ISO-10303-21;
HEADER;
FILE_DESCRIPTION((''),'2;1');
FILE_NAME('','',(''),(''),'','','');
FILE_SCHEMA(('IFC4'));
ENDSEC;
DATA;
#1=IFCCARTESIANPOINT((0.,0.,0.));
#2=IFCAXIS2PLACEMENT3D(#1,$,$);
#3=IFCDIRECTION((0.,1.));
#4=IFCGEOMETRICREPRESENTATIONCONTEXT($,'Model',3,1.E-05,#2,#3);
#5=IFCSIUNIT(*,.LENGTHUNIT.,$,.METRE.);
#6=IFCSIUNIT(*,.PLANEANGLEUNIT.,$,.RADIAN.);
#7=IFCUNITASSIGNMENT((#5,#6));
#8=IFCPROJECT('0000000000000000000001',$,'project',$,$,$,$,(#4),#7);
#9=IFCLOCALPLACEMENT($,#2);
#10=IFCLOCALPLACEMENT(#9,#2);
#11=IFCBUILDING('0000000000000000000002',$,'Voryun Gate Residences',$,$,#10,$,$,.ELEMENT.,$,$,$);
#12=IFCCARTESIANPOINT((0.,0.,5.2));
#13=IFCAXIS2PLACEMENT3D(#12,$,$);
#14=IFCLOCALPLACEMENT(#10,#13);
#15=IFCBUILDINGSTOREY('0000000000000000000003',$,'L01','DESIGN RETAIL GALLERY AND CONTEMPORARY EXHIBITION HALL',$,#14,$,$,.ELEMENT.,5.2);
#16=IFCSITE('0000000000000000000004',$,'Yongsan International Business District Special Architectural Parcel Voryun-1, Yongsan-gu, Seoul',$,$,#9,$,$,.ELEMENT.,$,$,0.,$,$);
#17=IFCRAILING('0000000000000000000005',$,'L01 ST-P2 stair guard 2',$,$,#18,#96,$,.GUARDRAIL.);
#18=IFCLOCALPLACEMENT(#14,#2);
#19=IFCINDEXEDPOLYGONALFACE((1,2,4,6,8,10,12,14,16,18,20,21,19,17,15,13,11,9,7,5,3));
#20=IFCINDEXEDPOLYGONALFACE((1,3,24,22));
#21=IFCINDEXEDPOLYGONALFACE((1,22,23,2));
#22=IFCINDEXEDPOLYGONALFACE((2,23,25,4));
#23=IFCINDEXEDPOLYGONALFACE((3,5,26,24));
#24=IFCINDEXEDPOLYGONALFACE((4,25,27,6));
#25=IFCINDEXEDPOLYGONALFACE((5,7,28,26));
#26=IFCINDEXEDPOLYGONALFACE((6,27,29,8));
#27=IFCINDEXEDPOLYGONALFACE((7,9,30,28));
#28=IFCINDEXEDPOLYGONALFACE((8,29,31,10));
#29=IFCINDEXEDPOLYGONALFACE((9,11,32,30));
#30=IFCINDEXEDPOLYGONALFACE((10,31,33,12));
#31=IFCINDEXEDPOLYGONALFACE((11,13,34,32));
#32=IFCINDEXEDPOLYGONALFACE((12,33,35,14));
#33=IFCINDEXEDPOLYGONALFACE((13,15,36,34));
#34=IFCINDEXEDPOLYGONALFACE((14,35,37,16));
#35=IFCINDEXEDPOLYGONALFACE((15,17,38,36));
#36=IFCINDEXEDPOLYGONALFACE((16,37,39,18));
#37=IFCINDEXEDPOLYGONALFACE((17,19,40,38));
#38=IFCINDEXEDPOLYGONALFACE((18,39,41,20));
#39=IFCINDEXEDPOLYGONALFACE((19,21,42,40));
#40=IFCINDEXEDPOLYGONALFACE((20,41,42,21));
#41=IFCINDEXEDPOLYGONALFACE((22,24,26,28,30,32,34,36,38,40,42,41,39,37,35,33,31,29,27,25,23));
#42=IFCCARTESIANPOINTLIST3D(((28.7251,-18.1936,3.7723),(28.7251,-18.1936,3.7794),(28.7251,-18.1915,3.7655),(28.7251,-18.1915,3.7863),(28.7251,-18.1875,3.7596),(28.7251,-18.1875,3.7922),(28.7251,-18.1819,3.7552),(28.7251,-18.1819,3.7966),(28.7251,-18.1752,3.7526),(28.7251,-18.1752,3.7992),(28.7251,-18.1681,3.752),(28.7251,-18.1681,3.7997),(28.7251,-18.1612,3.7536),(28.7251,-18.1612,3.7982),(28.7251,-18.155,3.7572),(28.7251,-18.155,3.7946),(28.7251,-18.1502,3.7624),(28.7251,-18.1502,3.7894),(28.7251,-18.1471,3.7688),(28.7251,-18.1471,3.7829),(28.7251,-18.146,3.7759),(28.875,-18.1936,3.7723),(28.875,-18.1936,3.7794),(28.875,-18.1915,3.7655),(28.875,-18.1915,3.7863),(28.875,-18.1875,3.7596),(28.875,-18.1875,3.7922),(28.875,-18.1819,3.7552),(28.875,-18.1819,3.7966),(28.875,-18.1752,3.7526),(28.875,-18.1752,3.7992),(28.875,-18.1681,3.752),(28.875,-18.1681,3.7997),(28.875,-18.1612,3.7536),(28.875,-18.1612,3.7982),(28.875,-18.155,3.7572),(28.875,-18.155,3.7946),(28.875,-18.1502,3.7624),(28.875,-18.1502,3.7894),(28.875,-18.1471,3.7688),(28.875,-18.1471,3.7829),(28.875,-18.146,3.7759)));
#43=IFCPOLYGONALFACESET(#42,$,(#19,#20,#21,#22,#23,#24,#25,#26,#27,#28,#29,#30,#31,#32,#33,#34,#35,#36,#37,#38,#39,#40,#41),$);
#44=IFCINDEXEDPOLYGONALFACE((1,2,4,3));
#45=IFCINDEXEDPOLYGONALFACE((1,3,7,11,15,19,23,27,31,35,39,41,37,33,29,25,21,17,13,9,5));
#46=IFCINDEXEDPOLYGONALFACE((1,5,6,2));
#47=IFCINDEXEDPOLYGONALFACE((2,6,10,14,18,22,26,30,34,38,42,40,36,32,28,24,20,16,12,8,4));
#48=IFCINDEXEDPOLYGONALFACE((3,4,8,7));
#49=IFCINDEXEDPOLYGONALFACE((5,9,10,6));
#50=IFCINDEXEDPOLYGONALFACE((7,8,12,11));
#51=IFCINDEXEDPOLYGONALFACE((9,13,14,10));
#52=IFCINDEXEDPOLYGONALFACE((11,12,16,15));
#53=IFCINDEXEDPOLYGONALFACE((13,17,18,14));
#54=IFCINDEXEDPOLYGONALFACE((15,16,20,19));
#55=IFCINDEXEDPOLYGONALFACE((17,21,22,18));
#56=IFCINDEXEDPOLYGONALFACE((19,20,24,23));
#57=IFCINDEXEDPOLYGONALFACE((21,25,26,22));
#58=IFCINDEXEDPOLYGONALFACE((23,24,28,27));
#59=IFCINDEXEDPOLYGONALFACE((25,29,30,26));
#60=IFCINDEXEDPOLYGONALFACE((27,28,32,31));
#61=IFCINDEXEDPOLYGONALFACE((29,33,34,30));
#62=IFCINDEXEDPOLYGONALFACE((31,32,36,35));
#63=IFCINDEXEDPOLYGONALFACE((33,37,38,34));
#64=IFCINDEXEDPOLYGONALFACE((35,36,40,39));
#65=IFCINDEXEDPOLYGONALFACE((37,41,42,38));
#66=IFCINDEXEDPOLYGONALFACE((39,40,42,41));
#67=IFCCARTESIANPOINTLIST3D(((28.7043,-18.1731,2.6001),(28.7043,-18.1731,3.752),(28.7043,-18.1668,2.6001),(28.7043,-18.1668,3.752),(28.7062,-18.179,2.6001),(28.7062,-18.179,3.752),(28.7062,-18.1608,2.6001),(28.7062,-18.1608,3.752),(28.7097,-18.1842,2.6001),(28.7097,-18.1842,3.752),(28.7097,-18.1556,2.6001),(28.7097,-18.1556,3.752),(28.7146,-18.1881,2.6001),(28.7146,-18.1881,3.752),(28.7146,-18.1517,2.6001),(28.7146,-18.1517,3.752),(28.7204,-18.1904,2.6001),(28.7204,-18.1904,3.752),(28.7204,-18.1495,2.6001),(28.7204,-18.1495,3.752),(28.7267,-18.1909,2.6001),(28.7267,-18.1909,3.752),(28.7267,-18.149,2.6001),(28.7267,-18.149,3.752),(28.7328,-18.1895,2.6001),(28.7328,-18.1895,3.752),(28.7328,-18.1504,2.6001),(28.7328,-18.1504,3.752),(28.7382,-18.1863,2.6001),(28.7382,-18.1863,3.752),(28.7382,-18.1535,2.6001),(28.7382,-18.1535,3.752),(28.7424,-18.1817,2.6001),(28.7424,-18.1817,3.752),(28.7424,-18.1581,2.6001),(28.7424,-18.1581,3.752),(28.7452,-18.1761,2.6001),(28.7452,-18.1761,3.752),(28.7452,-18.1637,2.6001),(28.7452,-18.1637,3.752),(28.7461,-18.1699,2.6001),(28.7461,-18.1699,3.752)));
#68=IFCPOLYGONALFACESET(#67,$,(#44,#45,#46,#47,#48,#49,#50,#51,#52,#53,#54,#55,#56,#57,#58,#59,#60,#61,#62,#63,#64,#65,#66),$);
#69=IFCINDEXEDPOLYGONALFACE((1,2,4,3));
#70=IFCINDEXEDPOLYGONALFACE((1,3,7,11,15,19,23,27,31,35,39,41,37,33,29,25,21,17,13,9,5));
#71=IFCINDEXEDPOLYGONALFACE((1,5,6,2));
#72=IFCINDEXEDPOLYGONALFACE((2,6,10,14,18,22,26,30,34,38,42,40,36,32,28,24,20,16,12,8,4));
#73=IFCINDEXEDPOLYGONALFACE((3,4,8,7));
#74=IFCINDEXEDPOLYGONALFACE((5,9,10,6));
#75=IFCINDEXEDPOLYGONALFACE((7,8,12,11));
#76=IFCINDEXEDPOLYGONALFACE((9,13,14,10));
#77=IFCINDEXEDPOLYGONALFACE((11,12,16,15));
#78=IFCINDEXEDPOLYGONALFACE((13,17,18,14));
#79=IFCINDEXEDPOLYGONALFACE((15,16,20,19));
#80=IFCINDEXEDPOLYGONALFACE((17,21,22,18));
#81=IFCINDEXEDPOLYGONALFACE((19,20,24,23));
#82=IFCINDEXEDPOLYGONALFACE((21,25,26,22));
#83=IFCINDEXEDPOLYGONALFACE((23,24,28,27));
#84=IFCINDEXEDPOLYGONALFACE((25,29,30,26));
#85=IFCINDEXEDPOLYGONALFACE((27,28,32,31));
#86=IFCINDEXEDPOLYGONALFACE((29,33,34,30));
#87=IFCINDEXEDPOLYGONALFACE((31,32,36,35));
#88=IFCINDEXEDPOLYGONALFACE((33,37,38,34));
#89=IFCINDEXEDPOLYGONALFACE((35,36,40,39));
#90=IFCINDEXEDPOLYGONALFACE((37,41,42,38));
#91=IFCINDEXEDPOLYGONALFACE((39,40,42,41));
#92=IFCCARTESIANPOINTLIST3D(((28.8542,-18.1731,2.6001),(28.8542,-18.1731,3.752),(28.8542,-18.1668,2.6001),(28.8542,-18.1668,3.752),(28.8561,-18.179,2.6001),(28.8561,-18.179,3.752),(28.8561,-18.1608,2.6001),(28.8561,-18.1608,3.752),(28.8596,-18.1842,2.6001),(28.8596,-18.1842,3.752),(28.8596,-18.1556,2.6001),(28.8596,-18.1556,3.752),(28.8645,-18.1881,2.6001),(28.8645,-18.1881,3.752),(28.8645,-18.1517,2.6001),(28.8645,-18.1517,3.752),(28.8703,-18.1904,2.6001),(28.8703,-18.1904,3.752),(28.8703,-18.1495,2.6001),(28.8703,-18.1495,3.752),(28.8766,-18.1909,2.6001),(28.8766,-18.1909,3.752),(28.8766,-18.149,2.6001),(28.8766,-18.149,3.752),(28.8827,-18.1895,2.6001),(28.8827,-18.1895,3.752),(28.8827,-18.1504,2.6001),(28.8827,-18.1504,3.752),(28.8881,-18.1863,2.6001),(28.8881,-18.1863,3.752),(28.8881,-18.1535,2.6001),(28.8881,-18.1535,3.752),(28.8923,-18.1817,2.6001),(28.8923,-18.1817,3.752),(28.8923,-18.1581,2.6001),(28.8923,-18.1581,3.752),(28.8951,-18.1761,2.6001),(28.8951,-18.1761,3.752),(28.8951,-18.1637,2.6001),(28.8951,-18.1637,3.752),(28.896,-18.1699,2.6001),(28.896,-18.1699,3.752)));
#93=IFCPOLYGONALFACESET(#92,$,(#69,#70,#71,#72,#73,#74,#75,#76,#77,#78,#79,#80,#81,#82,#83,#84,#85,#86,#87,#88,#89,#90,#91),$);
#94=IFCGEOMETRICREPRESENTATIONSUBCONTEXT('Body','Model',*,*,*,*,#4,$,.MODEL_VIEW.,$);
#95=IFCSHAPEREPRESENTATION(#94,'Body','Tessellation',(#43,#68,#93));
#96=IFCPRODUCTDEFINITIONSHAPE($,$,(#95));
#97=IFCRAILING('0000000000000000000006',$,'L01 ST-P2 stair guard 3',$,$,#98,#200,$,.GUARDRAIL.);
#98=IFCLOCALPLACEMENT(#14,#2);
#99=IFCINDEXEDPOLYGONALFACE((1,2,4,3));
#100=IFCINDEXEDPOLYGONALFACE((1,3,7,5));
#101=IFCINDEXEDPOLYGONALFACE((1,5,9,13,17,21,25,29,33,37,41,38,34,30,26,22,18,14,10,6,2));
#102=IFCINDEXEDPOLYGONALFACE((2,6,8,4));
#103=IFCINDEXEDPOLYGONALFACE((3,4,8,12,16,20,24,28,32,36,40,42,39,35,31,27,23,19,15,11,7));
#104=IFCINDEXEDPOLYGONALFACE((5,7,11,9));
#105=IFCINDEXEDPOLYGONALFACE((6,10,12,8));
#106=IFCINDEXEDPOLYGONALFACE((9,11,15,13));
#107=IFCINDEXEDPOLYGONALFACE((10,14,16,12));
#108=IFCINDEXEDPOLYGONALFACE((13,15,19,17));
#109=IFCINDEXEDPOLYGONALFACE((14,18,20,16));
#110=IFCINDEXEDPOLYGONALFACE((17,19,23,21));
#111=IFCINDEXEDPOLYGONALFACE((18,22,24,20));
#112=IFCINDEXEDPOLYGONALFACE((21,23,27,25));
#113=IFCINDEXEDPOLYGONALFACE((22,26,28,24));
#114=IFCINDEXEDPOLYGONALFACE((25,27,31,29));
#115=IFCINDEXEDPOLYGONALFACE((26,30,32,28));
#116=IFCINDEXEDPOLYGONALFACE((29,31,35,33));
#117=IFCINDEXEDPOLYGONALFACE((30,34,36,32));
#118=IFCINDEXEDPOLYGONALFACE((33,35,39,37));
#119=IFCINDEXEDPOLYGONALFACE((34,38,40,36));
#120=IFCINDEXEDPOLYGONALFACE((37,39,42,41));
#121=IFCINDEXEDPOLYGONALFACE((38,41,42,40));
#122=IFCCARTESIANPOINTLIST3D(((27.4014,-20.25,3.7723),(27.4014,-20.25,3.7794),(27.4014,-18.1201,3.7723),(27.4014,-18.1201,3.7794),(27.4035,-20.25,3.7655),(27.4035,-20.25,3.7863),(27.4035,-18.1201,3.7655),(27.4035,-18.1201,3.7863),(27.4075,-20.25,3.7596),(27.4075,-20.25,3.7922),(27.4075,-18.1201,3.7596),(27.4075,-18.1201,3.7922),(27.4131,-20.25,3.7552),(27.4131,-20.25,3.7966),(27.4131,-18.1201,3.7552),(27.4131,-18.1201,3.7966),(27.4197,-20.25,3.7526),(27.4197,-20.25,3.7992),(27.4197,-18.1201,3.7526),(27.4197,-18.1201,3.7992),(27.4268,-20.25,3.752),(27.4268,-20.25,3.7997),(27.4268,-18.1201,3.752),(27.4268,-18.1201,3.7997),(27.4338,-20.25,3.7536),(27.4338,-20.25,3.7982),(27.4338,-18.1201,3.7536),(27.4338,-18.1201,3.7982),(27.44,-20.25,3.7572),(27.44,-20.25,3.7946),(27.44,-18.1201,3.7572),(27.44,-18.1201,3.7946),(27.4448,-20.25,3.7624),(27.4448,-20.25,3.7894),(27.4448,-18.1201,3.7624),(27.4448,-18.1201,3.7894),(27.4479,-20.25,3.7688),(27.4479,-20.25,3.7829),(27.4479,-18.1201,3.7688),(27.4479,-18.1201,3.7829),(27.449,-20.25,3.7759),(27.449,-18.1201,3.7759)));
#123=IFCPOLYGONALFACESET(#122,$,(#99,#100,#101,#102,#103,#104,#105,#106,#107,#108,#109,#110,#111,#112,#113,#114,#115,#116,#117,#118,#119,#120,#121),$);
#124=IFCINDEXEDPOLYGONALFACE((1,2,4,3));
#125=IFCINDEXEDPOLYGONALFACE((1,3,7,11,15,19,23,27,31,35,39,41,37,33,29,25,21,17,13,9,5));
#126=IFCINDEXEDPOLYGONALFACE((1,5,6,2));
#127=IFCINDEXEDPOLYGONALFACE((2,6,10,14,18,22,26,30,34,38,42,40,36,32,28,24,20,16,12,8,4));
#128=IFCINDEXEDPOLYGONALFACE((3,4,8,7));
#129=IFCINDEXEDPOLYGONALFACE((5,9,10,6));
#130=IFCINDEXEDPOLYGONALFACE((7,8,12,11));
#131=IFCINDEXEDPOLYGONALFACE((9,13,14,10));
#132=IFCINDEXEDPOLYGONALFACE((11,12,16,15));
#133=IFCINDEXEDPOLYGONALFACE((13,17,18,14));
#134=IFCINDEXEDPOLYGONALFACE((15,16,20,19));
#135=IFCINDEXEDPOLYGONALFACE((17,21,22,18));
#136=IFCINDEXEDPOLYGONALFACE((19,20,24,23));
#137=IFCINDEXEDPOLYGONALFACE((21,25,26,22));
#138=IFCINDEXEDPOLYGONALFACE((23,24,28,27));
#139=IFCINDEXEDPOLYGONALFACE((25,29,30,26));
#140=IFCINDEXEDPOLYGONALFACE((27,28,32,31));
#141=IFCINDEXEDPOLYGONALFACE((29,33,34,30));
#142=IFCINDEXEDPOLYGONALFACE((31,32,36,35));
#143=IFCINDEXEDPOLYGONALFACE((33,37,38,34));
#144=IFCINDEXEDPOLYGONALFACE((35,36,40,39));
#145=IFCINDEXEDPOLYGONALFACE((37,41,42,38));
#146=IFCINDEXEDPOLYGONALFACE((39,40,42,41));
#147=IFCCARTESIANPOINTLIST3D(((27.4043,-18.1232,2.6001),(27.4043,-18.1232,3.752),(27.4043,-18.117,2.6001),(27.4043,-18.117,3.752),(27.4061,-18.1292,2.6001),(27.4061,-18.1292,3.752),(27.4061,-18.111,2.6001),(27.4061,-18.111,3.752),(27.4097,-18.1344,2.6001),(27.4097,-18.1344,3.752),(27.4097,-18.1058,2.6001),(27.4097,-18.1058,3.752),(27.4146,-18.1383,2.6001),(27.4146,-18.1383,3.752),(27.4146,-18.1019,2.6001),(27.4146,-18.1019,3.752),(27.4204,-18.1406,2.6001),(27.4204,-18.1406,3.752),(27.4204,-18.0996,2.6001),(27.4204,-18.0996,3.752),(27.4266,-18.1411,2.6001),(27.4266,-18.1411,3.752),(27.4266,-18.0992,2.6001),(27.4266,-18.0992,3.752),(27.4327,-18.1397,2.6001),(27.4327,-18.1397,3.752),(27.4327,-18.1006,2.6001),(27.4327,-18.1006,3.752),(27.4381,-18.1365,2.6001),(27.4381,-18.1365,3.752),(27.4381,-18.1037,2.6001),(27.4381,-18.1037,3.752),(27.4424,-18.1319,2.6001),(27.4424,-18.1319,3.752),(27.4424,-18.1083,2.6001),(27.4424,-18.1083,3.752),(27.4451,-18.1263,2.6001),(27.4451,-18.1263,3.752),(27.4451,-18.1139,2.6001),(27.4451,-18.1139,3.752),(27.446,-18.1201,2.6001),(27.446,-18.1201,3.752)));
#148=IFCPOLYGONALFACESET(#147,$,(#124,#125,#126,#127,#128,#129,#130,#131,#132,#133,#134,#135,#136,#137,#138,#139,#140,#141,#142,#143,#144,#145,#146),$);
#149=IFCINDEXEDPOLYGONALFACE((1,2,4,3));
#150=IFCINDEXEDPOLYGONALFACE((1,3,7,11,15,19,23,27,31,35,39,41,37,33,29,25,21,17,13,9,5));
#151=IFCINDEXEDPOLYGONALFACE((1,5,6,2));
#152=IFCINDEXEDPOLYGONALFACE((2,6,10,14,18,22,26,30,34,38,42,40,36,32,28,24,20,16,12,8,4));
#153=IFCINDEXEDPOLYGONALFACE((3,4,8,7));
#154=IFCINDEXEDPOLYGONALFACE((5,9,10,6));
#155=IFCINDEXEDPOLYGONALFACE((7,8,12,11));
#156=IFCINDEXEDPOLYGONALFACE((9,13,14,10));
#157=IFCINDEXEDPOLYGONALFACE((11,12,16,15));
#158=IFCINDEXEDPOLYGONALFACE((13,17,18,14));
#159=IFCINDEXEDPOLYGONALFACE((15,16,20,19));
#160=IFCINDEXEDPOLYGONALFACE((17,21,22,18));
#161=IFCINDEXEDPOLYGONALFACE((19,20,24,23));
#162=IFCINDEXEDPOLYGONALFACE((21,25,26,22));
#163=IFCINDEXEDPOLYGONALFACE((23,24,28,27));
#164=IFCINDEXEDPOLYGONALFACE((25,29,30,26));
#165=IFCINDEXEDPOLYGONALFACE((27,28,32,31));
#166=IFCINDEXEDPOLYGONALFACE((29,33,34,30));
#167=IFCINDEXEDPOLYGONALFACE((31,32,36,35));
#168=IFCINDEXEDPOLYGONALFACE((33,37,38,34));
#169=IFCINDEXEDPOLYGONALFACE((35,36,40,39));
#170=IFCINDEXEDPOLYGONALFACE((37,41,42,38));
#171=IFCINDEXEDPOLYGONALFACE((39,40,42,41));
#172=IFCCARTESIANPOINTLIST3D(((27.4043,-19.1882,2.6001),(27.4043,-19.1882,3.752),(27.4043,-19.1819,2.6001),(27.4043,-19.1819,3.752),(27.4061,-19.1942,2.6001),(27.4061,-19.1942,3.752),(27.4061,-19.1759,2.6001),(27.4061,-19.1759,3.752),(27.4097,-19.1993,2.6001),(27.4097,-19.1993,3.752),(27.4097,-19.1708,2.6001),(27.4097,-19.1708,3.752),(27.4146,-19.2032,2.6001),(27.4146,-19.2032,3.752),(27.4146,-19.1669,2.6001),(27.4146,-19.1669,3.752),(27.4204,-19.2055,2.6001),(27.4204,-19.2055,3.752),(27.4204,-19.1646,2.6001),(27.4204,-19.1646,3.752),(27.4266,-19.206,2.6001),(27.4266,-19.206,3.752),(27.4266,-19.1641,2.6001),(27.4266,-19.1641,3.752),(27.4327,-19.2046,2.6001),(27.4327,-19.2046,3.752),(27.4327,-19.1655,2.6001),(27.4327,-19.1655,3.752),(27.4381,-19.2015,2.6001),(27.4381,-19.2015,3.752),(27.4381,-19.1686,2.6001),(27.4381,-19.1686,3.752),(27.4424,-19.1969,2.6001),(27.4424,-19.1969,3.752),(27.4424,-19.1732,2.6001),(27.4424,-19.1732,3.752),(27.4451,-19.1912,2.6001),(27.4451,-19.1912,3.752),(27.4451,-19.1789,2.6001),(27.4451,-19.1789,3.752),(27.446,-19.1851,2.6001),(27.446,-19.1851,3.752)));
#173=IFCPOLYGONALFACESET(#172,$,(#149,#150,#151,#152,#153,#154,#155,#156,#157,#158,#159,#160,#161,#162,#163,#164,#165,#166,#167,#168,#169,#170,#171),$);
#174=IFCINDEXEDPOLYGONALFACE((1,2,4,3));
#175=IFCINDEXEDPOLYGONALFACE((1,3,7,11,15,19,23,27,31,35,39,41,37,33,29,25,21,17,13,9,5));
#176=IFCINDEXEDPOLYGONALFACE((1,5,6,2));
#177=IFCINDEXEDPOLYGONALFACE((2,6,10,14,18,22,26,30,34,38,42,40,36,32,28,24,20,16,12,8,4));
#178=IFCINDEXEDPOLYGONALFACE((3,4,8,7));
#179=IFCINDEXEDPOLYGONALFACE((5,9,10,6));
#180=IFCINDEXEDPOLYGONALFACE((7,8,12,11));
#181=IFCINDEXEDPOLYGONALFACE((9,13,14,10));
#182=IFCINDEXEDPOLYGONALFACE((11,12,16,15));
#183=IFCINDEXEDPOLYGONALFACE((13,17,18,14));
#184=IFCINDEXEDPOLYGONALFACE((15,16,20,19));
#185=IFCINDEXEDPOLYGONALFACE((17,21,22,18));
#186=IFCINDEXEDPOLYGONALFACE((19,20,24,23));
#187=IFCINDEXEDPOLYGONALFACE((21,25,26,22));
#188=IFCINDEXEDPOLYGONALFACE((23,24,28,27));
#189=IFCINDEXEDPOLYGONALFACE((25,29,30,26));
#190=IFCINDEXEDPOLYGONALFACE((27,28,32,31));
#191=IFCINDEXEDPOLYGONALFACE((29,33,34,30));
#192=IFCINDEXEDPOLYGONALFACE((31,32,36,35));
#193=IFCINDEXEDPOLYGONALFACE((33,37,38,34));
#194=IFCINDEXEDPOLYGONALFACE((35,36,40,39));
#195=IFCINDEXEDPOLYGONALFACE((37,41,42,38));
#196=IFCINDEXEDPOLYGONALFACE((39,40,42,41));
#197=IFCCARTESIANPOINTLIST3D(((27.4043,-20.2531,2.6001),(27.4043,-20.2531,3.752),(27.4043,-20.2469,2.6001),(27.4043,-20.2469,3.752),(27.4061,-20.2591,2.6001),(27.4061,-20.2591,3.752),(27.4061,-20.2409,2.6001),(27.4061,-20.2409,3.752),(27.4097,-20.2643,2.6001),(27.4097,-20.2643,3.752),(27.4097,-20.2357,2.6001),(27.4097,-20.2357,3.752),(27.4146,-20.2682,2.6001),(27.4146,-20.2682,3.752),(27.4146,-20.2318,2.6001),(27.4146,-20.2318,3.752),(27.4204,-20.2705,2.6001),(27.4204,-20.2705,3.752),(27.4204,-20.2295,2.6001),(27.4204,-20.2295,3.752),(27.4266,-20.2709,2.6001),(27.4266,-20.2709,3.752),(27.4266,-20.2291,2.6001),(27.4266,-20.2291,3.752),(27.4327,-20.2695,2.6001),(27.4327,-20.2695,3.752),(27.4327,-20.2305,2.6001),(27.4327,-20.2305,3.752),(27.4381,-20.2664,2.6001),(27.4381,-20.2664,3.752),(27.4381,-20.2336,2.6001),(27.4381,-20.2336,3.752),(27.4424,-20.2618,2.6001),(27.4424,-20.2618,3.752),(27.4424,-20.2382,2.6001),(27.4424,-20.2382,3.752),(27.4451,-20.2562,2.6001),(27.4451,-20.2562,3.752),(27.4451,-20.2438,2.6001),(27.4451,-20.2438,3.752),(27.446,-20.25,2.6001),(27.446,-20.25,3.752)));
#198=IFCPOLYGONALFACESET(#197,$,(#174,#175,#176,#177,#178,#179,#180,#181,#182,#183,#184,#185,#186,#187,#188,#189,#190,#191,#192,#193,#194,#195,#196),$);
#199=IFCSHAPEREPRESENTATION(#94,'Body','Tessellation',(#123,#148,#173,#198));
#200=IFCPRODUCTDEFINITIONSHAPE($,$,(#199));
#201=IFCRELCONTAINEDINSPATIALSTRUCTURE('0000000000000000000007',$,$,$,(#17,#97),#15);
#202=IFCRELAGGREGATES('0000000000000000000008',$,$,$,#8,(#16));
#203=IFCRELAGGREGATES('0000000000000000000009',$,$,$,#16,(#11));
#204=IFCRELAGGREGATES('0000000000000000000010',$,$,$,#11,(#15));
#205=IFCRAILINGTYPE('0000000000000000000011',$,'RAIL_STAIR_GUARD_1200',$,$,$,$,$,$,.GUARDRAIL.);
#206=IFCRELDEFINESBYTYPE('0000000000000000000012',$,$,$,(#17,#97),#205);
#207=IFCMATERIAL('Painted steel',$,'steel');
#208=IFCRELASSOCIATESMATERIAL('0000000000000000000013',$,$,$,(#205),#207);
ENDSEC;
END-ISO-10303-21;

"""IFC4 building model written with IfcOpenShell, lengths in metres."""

from ifc_helpers import new_model, si_unit, direction, frame, origin, origin_2d, place, context, subcontext, project, spatial, circle, extrude, material, type_object, element, save


model = new_model("IFC4")

# Units and contexts
model_context = context("Model", 3, precision=1e-05, world=origin(), true_north=direction((0.0, 1.0)))
body_context = subcontext(model_context, "Body", "Model", "MODEL_VIEW")
ifc_project = project(units=[si_unit("LENGTHUNIT", "METRE"), si_unit("PLANEANGLEUNIT", "RADIAN")], contexts=[model_context])

# Site, building, storey
site_placement = place(None, origin())
site = spatial("IfcSite", under=ifc_project, at=site_placement, Name="Yongsan International Business District Special Architectural Parcel Voryun-1, Yongsan-gu, Seoul", CompositionType="ELEMENT", RefElevation=0.0)
building_placement = place(site_placement, origin())
building = spatial("IfcBuilding", under=site, at=building_placement, Name="Voryun Gate Residences", CompositionType="ELEMENT")
storey_placement = place(building_placement, frame((0.0, 0.0, 5.2)))
storey = spatial("IfcBuildingStorey", under=building, at=storey_placement, Name="L01", Description="DESIGN RETAIL GALLERY AND CONTEMPORARY EXHIBITION HALL", CompositionType="ELEMENT", Elevation=5.2)

# Railings
ifc_material_1 = material(Name="Painted steel", Category="steel")
railing_type_1 = type_object("IfcRailingType", Name="RAIL_STAIR_GUARD_1200", PredefinedType="GUARDRAIL", material=ifc_material_1)
railing_1_placement = place(storey_placement, frame((28.7251, -18.1699, 2.6001)))
element("IfcRailing", 1, at=railing_1_placement, inside=storey, type_object=railing_type_1, Name="L01 ST-P2 stair guard 2", PredefinedType="GUARDRAIL", context=body_context, shape_type="SweptSolid", body=[
    extrude(circle(Radius=0.0239, at=origin_2d()), frame((0.0, 0.0, 1.1758), z_axis=(1.0, 0.0, 0.0), x_axis=(0.0, 1.0, 0.0)), (0.0, 0.0, 1.0), 0.1499),
    extrude(circle(Radius=0.021, at=origin_2d()), origin(), (0.0, 0.0, 1.0), 1.1519),
    extrude(circle(Radius=0.021, at=origin_2d()), frame((0.1499, 0.0, 0.0)), (0.0, 0.0, 1.0), 1.1519),
])
for number, where, name in (
    (2, (27.425, -18.1201, 2.6001), "L01 ST-P2 stair guard 3"),
):
    element("IfcRailing", number, at=place(storey_placement, frame(where)), inside=storey, type_object=railing_type_1, Name=name, PredefinedType="GUARDRAIL", context=body_context, shape_type="SweptSolid", body=[
        extrude(circle(Radius=0.0239, at=origin_2d()), frame((0.0, 0.0, 1.1758), z_axis=(0.0, -1.0, 0.0), x_axis=(1.0, 0.0, 0.0)), (0.0, 0.0, 1.0), 2.1299),
        extrude(circle(Radius=0.021, at=origin_2d()), origin(), (0.0, 0.0, 1.0), 1.1519),
        extrude(circle(Radius=0.021, at=origin_2d()), frame((0.0, -1.0649, 0.0)), (0.0, 0.0, 1.0), 1.1519),
        extrude(circle(Radius=0.021, at=origin_2d()), frame((0.0, -2.1299, 0.0)), (0.0, 0.0, 1.0), 1.1519),
    ])

save(model, "model.ifc")
